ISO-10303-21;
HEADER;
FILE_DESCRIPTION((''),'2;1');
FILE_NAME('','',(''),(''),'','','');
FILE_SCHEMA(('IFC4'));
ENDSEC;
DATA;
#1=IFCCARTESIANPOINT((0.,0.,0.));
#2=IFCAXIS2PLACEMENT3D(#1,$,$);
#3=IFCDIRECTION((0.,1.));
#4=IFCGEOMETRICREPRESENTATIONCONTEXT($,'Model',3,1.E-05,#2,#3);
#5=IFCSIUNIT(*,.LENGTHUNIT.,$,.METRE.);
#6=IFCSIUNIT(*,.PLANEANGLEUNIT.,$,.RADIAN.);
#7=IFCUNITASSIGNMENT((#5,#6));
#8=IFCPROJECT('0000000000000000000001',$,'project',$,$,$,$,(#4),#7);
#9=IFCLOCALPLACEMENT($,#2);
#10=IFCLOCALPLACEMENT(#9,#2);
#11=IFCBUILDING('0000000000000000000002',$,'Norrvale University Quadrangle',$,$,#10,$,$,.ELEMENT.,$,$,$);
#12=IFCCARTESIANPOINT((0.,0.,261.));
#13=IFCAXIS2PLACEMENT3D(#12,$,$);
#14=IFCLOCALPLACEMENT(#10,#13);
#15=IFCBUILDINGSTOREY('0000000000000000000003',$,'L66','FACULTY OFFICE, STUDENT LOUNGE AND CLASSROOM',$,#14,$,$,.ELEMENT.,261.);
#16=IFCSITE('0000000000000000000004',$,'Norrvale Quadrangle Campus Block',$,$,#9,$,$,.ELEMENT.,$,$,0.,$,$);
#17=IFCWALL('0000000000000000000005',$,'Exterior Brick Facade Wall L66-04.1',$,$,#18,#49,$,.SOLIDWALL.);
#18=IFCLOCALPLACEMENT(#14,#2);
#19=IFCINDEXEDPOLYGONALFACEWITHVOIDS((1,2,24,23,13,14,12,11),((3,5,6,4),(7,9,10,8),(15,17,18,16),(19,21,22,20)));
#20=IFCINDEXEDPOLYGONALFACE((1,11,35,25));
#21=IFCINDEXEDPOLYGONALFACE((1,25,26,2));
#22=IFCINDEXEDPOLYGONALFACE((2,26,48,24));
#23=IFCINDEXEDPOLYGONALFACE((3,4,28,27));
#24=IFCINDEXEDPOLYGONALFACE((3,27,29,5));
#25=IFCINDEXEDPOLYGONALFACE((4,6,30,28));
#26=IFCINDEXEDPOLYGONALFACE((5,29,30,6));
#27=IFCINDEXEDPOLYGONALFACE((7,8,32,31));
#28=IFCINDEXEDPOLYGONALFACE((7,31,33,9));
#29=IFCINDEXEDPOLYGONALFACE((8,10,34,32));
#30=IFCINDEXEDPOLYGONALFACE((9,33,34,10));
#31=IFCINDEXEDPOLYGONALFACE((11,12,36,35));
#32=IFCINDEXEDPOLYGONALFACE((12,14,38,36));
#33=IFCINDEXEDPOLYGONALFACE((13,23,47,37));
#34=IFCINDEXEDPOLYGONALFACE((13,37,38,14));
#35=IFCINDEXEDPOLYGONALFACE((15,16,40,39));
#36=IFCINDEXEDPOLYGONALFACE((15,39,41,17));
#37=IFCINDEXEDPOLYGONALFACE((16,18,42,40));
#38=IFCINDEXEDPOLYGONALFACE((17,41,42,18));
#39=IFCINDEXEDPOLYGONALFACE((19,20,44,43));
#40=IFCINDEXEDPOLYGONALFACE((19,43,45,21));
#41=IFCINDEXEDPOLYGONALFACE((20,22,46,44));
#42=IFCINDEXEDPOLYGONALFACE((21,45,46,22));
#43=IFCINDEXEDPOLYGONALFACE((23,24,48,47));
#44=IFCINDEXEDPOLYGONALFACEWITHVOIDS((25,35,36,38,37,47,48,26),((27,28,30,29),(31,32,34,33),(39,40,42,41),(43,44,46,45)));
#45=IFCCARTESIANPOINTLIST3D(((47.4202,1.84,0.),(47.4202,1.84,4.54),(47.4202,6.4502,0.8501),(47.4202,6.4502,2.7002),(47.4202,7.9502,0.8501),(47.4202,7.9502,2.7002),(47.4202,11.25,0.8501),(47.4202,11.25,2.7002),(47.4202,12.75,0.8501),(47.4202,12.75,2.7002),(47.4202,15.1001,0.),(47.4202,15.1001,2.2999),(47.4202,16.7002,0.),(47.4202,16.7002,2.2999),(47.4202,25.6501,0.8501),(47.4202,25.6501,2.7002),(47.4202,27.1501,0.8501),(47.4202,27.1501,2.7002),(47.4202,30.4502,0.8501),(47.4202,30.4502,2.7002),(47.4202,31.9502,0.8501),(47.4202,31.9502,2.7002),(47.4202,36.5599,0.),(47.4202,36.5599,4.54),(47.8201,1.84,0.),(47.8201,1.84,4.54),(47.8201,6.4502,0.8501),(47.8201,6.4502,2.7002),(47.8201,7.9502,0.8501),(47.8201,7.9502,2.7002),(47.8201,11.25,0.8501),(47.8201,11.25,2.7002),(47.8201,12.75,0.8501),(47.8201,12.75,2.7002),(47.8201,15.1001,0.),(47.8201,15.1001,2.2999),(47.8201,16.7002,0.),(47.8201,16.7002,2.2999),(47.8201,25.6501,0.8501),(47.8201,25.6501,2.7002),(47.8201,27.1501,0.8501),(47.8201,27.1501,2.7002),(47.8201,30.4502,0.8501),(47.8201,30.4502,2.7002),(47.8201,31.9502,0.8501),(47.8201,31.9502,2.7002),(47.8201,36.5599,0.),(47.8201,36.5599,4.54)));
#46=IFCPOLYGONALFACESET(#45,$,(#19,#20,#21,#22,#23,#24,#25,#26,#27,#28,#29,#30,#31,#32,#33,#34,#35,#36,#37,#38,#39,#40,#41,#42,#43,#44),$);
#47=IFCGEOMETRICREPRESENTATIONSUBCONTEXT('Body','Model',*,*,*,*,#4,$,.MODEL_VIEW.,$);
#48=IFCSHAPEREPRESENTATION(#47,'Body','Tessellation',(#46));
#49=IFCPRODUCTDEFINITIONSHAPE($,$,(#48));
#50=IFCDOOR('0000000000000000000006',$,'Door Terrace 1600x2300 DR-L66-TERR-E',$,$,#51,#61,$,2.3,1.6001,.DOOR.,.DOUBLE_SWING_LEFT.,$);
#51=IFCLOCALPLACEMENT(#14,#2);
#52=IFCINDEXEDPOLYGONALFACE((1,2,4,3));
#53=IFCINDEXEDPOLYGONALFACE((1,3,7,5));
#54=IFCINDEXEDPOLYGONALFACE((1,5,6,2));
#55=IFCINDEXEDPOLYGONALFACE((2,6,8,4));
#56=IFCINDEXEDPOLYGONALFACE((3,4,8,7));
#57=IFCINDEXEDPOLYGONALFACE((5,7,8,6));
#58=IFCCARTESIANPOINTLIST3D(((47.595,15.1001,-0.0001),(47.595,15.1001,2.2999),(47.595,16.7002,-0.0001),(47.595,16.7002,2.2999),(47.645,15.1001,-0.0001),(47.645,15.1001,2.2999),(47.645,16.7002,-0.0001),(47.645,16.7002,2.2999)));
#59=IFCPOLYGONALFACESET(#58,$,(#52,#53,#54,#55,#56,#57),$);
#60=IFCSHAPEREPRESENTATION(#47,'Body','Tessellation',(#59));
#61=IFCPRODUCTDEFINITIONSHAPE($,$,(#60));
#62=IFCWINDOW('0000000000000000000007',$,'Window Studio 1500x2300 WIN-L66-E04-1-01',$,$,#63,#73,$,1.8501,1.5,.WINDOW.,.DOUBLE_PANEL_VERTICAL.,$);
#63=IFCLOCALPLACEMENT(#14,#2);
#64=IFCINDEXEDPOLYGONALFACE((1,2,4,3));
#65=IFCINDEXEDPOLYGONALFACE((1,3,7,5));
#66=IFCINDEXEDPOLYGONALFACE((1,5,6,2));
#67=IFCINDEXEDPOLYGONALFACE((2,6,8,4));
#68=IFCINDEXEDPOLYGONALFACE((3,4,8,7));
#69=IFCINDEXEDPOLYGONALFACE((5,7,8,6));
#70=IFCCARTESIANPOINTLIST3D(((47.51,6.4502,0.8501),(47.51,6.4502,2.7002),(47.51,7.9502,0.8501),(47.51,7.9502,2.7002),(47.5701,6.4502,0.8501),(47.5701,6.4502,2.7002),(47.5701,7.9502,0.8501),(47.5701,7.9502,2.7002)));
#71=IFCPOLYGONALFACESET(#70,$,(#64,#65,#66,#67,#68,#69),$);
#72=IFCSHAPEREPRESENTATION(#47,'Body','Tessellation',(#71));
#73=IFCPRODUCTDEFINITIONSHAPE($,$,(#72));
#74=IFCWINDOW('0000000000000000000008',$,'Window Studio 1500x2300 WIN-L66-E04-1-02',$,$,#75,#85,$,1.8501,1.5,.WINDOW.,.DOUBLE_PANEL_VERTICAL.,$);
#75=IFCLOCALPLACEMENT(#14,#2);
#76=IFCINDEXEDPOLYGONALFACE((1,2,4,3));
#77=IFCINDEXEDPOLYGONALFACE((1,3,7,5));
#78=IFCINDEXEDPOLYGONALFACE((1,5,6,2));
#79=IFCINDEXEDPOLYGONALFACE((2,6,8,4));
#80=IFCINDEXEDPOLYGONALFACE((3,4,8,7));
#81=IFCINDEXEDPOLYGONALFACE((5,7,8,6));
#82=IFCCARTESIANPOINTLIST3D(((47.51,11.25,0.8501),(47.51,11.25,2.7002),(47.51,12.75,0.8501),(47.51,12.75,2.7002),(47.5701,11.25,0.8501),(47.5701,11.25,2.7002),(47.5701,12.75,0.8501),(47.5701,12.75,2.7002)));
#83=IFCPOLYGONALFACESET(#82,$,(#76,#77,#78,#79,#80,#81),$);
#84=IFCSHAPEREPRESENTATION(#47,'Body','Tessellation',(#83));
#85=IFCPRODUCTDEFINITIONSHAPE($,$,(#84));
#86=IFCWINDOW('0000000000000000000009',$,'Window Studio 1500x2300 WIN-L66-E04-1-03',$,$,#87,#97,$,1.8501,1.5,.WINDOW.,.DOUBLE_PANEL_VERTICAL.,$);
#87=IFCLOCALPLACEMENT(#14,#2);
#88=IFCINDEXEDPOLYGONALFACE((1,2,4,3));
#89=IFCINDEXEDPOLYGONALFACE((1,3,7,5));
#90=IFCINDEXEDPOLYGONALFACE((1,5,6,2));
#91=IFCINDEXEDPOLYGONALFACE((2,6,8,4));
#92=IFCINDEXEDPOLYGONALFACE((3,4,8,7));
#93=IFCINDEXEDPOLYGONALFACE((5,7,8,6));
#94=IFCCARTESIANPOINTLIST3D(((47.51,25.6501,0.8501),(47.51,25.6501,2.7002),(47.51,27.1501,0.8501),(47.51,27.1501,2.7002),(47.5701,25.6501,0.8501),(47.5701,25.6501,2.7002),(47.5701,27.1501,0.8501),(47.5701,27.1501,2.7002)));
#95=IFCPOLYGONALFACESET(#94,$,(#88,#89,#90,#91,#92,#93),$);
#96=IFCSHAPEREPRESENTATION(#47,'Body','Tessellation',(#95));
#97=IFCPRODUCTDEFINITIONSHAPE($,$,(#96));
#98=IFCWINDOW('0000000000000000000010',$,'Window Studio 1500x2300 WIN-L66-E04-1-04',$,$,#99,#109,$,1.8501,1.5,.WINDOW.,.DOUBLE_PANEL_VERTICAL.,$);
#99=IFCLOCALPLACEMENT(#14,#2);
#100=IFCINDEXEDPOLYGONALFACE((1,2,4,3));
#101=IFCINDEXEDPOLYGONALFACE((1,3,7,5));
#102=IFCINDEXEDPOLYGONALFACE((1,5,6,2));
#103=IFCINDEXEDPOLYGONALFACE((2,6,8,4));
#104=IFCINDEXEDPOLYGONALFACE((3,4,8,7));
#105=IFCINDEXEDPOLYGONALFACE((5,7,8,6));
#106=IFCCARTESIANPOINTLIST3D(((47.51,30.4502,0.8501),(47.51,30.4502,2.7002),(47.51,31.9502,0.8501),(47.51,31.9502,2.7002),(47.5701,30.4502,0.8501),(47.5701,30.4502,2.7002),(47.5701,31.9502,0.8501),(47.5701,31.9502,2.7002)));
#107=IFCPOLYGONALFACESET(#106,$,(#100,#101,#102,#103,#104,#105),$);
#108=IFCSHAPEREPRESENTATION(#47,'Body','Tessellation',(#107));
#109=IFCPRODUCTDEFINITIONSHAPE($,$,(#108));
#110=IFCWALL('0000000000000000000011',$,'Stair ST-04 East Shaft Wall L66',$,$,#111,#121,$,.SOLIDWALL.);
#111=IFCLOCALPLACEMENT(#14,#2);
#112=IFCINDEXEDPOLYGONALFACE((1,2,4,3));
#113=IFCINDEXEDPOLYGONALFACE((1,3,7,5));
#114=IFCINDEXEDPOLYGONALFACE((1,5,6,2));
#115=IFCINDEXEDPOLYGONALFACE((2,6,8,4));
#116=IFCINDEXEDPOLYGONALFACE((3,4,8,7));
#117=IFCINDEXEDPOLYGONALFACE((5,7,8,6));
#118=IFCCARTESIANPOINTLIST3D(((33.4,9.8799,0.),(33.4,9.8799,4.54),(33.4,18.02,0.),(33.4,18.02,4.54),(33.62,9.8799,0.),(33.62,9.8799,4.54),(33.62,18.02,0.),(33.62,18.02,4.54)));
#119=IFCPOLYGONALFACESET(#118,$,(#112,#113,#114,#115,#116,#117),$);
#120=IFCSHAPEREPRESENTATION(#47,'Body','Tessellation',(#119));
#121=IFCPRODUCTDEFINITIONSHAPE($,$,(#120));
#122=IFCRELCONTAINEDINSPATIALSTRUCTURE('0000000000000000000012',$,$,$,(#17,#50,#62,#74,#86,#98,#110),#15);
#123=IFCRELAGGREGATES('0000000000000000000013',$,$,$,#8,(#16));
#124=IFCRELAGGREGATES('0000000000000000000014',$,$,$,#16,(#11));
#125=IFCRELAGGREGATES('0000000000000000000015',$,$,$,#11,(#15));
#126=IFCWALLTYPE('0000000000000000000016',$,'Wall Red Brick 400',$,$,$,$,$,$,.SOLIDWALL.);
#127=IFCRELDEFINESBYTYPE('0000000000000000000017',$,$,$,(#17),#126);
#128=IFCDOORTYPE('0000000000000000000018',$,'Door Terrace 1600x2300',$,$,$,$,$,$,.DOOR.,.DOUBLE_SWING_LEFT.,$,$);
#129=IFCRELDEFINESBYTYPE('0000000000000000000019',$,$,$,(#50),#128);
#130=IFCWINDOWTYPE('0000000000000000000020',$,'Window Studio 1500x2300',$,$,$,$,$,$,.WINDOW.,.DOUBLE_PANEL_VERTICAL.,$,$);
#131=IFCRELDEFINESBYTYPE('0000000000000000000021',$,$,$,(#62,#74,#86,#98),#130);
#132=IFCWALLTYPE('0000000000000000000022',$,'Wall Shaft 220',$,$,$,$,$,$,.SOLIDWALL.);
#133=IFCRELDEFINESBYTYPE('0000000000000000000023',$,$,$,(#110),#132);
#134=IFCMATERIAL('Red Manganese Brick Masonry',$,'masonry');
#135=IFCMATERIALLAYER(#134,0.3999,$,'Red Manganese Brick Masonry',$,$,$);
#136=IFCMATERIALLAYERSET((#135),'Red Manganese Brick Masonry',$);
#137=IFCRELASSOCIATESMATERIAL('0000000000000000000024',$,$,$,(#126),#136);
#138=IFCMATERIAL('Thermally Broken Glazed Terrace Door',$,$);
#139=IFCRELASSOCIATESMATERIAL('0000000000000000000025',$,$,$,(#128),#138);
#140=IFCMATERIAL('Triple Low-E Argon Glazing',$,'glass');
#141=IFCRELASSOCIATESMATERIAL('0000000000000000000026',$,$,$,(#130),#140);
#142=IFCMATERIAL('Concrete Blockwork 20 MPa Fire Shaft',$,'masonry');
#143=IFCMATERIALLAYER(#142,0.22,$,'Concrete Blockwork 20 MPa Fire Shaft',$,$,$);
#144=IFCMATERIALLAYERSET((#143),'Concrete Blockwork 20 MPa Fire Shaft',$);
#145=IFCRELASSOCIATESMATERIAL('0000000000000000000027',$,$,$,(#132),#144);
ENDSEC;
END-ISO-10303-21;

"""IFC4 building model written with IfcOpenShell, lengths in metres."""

from ifc_helpers import new_model, si_unit, direction, frame, frame_2d, origin, place, context, subcontext, project, spatial, rectangle, extrude, material, layer, layer_set, type_object, element, fill, save


model = new_model("IFC4")

# Units and contexts
model_context = context("Model", 3, precision=1e-05, world=origin(), true_north=direction((0.0, 1.0)))
body_context = subcontext(model_context, "Body", "Model", "MODEL_VIEW")
ifc_project = project(units=[si_unit("LENGTHUNIT", "METRE"), si_unit("PLANEANGLEUNIT", "RADIAN")], contexts=[model_context])

# Site, building, storey
site_placement = place(None, origin())
site = spatial("IfcSite", under=ifc_project, at=site_placement, Name="Norrvale Quadrangle Campus Block", CompositionType="ELEMENT", RefElevation=0.0)
building_placement = place(site_placement, origin())
building = spatial("IfcBuilding", under=site, at=building_placement, Name="Norrvale University Quadrangle", CompositionType="ELEMENT")
storey_placement = place(building_placement, frame((0.0, 0.0, 261.0)))
storey = spatial("IfcBuildingStorey", under=building, at=storey_placement, Name="L66", Description="FACULTY OFFICE, STUDENT LOUNGE AND CLASSROOM", CompositionType="ELEMENT", Elevation=261.0)

# Shared definitions
ifc_material_1 = material(Name="Red Manganese Brick Masonry", Category="masonry")
ifc_layer_1 = layer(ifc_material_1, 0.3999, Name="Red Manganese Brick Masonry")
ifc_layer_set_1 = layer_set([ifc_layer_1], Name="Red Manganese Brick Masonry")
wall_type_1 = type_object("IfcWallType", Name="Wall Red Brick 400", PredefinedType="SOLIDWALL", material=ifc_layer_set_1)

# Wall, openings, door, windows
wall_1_placement = place(storey_placement, frame((47.6201, 1.8401, 0.0), z_axis=(0.0, 0.0, 1.0), x_axis=(0.0, 1.0, 0.0)))
wall_1 = element("IfcWall", 1, at=wall_1_placement, inside=storey, type_object=wall_type_1, Name="Exterior Brick Facade Wall L66-04.1", PredefinedType="SOLIDWALL", context=body_context, shape_type="SweptSolid", body=[
    extrude(rectangle(XDim=34.72, YDim=0.3999, at=frame_2d((17.3599, 0.0))), origin(), (0.0, 0.0, 1.0), 4.54),
])
opening_1_placement = place(wall_1_placement, frame((13.26, 0.0, 0.0)))
opening_1 = element("IfcOpeningElement", 2, at=opening_1_placement, cuts=wall_1, PredefinedType="OPENING", context=body_context, shape_type="SweptSolid", body=[
    extrude(rectangle(XDim=1.6001, YDim=2.3, at=frame_2d((0.8, 1.1499))), frame((0.0, 0.2119, 0.0), z_axis=(0.0, -1.0, 0.0), x_axis=(1.0, 0.0, 0.0)), (0.0, 0.0, 1.0), 0.4238),
])
opening_2_placement = place(wall_1_placement, frame((4.6101, 0.0, 0.8501)))
opening_2 = element("IfcOpeningElement", 3, at=opening_2_placement, cuts=wall_1, PredefinedType="OPENING", context=body_context, shape_type="SweptSolid", body=[
    extrude(rectangle(XDim=1.5, YDim=1.8501, at=frame_2d((0.75, 0.925))), frame((0.0, 0.2119, 0.0), z_axis=(0.0, -1.0, 0.0), x_axis=(1.0, 0.0, 0.0)), (0.0, 0.0, 1.0), 0.4238),
])
opening_3_placement = place(wall_1_placement, frame((9.4099, 0.0, 0.8501)))
opening_3 = element("IfcOpeningElement", 4, at=opening_3_placement, cuts=wall_1, PredefinedType="OPENING", context=body_context, shape_type="SweptSolid", body=[
    extrude(rectangle(XDim=1.5, YDim=1.8501, at=frame_2d((0.75, 0.925))), frame((0.0, 0.2119, 0.0), z_axis=(0.0, -1.0, 0.0), x_axis=(1.0, 0.0, 0.0)), (0.0, 0.0, 1.0), 0.4238),
])
opening_4_placement = place(wall_1_placement, frame((23.8101, 0.0, 0.8501)))
opening_4 = element("IfcOpeningElement", 5, at=opening_4_placement, cuts=wall_1, PredefinedType="OPENING", context=body_context, shape_type="SweptSolid", body=[
    extrude(rectangle(XDim=1.5, YDim=1.8501, at=frame_2d((0.75, 0.925))), frame((0.0, 0.2119, 0.0), z_axis=(0.0, -1.0, 0.0), x_axis=(1.0, 0.0, 0.0)), (0.0, 0.0, 1.0), 0.4238),
])
opening_5_placement = place(wall_1_placement, frame((28.6101, 0.0, 0.8501)))
opening_5 = element("IfcOpeningElement", 6, at=opening_5_placement, cuts=wall_1, PredefinedType="OPENING", context=body_context, shape_type="SweptSolid", body=[
    extrude(rectangle(XDim=1.5, YDim=1.8501, at=frame_2d((0.75, 0.925))), frame((0.0, 0.2119, 0.0), z_axis=(0.0, -1.0, 0.0), x_axis=(1.0, 0.0, 0.0)), (0.0, 0.0, 1.0), 0.4238),
])
ifc_material_2 = material(Name="Thermally Broken Glazed Terrace Door")
door_type_1 = type_object("IfcDoorType", Name="Door Terrace 1600x2300", OperationType="DOUBLE_SWING_LEFT", PredefinedType="DOOR", material=ifc_material_2)
door_1_placement = place(opening_1_placement, frame((1.6001, 0.0, 0.0), z_axis=(0.0, 0.0, 1.0), x_axis=(-1.0, 0.0, 0.0)))
door_1 = element("IfcDoor", 7, at=door_1_placement, inside=storey, type_object=door_type_1, Name="Door Terrace 1600x2300 DR-L66-TERR-E", OperationType="DOUBLE_SWING_LEFT", OverallHeight=2.3, OverallWidth=1.6001, PredefinedType="DOOR", context=body_context, shape_type="SweptSolid", body=[
    extrude(rectangle(XDim=1.6001, YDim=2.3, at=frame_2d((0.8, 1.1499))), frame((0.0, 0.0249, 0.0), z_axis=(0.0, -1.0, 0.0), x_axis=(1.0, 0.0, 0.0)), (0.0, 0.0, 1.0), 0.05),
])
fill(opening_1, door_1)
ifc_material_3 = material(Name="Triple Low-E Argon Glazing", Category="glass")
window_type = type_object("IfcWindowType", Name="Window Studio 1500x2300", PartitioningType="DOUBLE_PANEL_VERTICAL", PredefinedType="WINDOW", material=ifc_material_3)
window_1_placement = place(opening_2_placement, origin())
window_1 = element("IfcWindow", 8, at=window_1_placement, inside=storey, type_object=window_type, Name="Window Studio 1500x2300 WIN-L66-E04-1-01", OverallHeight=1.8501, OverallWidth=1.5, PartitioningType="DOUBLE_PANEL_VERTICAL", PredefinedType="WINDOW", context=body_context, shape_type="SweptSolid", body=[
    extrude(rectangle(XDim=1.5, YDim=1.8501, at=frame_2d((0.75, 0.925))), frame((0.0, 0.1101, 0.0), z_axis=(0.0, -1.0, 0.0), x_axis=(1.0, 0.0, 0.0)), (0.0, 0.0, 1.0), 0.0601),
])
fill(opening_2, window_1)
window_2_placement = place(opening_3_placement, origin())
window_2 = element("IfcWindow", 9, at=window_2_placement, inside=storey, type_object=window_type, Name="Window Studio 1500x2300 WIN-L66-E04-1-02", OverallHeight=1.8501, OverallWidth=1.5, PartitioningType="DOUBLE_PANEL_VERTICAL", PredefinedType="WINDOW", context=body_context, shape_type="SweptSolid", body=[
    extrude(rectangle(XDim=1.5, YDim=1.8501, at=frame_2d((0.75, 0.925))), frame((0.0, 0.1101, 0.0), z_axis=(0.0, -1.0, 0.0), x_axis=(1.0, 0.0, 0.0)), (0.0, 0.0, 1.0), 0.0601),
])
fill(opening_3, window_2)
window_3_placement = place(opening_4_placement, origin())
window_3 = element("IfcWindow", 10, at=window_3_placement, inside=storey, type_object=window_type, Name="Window Studio 1500x2300 WIN-L66-E04-1-03", OverallHeight=1.8501, OverallWidth=1.5, PartitioningType="DOUBLE_PANEL_VERTICAL", PredefinedType="WINDOW", context=body_context, shape_type="SweptSolid", body=[
    extrude(rectangle(XDim=1.5, YDim=1.8501, at=frame_2d((0.75, 0.925))), frame((0.0, 0.1101, 0.0), z_axis=(0.0, -1.0, 0.0), x_axis=(1.0, 0.0, 0.0)), (0.0, 0.0, 1.0), 0.0601),
])
fill(opening_4, window_3)
window_4_placement = place(opening_5_placement, origin())
window_4 = element("IfcWindow", 11, at=window_4_placement, inside=storey, type_object=window_type, Name="Window Studio 1500x2300 WIN-L66-E04-1-04", OverallHeight=1.8501, OverallWidth=1.5, PartitioningType="DOUBLE_PANEL_VERTICAL", PredefinedType="WINDOW", context=body_context, shape_type="SweptSolid", body=[
    extrude(rectangle(XDim=1.5, YDim=1.8501, at=frame_2d((0.75, 0.925))), frame((0.0, 0.1101, 0.0), z_axis=(0.0, -1.0, 0.0), x_axis=(1.0, 0.0, 0.0)), (0.0, 0.0, 1.0), 0.0601),
])
fill(opening_5, window_4)

# Wall
ifc_material_4 = material(Name="Concrete Blockwork 20 MPa Fire Shaft", Category="masonry")
ifc_layer_2 = layer(ifc_material_4, 0.22, Name="Concrete Blockwork 20 MPa Fire Shaft")
ifc_layer_set_2 = layer_set([ifc_layer_2], Name="Concrete Blockwork 20 MPa Fire Shaft")
wall_type_2 = type_object("IfcWallType", Name="Wall Shaft 220", PredefinedType="SOLIDWALL", material=ifc_layer_set_2)
wall_2_placement = place(storey_placement, frame((33.51, 9.8799, 0.0), z_axis=(0.0, 0.0, 1.0), x_axis=(0.0, 1.0, 0.0)))
element("IfcWall", 12, at=wall_2_placement, inside=storey, type_object=wall_type_2, Name="Stair ST-04 East Shaft Wall L66", PredefinedType="SOLIDWALL", context=body_context, shape_type="SweptSolid", body=[
    extrude(rectangle(XDim=8.1401, YDim=0.22, at=frame_2d((4.0701, 0.0))), origin(), (0.0, 0.0, 1.0), 4.54),
])

save(model, "model.ifc")
